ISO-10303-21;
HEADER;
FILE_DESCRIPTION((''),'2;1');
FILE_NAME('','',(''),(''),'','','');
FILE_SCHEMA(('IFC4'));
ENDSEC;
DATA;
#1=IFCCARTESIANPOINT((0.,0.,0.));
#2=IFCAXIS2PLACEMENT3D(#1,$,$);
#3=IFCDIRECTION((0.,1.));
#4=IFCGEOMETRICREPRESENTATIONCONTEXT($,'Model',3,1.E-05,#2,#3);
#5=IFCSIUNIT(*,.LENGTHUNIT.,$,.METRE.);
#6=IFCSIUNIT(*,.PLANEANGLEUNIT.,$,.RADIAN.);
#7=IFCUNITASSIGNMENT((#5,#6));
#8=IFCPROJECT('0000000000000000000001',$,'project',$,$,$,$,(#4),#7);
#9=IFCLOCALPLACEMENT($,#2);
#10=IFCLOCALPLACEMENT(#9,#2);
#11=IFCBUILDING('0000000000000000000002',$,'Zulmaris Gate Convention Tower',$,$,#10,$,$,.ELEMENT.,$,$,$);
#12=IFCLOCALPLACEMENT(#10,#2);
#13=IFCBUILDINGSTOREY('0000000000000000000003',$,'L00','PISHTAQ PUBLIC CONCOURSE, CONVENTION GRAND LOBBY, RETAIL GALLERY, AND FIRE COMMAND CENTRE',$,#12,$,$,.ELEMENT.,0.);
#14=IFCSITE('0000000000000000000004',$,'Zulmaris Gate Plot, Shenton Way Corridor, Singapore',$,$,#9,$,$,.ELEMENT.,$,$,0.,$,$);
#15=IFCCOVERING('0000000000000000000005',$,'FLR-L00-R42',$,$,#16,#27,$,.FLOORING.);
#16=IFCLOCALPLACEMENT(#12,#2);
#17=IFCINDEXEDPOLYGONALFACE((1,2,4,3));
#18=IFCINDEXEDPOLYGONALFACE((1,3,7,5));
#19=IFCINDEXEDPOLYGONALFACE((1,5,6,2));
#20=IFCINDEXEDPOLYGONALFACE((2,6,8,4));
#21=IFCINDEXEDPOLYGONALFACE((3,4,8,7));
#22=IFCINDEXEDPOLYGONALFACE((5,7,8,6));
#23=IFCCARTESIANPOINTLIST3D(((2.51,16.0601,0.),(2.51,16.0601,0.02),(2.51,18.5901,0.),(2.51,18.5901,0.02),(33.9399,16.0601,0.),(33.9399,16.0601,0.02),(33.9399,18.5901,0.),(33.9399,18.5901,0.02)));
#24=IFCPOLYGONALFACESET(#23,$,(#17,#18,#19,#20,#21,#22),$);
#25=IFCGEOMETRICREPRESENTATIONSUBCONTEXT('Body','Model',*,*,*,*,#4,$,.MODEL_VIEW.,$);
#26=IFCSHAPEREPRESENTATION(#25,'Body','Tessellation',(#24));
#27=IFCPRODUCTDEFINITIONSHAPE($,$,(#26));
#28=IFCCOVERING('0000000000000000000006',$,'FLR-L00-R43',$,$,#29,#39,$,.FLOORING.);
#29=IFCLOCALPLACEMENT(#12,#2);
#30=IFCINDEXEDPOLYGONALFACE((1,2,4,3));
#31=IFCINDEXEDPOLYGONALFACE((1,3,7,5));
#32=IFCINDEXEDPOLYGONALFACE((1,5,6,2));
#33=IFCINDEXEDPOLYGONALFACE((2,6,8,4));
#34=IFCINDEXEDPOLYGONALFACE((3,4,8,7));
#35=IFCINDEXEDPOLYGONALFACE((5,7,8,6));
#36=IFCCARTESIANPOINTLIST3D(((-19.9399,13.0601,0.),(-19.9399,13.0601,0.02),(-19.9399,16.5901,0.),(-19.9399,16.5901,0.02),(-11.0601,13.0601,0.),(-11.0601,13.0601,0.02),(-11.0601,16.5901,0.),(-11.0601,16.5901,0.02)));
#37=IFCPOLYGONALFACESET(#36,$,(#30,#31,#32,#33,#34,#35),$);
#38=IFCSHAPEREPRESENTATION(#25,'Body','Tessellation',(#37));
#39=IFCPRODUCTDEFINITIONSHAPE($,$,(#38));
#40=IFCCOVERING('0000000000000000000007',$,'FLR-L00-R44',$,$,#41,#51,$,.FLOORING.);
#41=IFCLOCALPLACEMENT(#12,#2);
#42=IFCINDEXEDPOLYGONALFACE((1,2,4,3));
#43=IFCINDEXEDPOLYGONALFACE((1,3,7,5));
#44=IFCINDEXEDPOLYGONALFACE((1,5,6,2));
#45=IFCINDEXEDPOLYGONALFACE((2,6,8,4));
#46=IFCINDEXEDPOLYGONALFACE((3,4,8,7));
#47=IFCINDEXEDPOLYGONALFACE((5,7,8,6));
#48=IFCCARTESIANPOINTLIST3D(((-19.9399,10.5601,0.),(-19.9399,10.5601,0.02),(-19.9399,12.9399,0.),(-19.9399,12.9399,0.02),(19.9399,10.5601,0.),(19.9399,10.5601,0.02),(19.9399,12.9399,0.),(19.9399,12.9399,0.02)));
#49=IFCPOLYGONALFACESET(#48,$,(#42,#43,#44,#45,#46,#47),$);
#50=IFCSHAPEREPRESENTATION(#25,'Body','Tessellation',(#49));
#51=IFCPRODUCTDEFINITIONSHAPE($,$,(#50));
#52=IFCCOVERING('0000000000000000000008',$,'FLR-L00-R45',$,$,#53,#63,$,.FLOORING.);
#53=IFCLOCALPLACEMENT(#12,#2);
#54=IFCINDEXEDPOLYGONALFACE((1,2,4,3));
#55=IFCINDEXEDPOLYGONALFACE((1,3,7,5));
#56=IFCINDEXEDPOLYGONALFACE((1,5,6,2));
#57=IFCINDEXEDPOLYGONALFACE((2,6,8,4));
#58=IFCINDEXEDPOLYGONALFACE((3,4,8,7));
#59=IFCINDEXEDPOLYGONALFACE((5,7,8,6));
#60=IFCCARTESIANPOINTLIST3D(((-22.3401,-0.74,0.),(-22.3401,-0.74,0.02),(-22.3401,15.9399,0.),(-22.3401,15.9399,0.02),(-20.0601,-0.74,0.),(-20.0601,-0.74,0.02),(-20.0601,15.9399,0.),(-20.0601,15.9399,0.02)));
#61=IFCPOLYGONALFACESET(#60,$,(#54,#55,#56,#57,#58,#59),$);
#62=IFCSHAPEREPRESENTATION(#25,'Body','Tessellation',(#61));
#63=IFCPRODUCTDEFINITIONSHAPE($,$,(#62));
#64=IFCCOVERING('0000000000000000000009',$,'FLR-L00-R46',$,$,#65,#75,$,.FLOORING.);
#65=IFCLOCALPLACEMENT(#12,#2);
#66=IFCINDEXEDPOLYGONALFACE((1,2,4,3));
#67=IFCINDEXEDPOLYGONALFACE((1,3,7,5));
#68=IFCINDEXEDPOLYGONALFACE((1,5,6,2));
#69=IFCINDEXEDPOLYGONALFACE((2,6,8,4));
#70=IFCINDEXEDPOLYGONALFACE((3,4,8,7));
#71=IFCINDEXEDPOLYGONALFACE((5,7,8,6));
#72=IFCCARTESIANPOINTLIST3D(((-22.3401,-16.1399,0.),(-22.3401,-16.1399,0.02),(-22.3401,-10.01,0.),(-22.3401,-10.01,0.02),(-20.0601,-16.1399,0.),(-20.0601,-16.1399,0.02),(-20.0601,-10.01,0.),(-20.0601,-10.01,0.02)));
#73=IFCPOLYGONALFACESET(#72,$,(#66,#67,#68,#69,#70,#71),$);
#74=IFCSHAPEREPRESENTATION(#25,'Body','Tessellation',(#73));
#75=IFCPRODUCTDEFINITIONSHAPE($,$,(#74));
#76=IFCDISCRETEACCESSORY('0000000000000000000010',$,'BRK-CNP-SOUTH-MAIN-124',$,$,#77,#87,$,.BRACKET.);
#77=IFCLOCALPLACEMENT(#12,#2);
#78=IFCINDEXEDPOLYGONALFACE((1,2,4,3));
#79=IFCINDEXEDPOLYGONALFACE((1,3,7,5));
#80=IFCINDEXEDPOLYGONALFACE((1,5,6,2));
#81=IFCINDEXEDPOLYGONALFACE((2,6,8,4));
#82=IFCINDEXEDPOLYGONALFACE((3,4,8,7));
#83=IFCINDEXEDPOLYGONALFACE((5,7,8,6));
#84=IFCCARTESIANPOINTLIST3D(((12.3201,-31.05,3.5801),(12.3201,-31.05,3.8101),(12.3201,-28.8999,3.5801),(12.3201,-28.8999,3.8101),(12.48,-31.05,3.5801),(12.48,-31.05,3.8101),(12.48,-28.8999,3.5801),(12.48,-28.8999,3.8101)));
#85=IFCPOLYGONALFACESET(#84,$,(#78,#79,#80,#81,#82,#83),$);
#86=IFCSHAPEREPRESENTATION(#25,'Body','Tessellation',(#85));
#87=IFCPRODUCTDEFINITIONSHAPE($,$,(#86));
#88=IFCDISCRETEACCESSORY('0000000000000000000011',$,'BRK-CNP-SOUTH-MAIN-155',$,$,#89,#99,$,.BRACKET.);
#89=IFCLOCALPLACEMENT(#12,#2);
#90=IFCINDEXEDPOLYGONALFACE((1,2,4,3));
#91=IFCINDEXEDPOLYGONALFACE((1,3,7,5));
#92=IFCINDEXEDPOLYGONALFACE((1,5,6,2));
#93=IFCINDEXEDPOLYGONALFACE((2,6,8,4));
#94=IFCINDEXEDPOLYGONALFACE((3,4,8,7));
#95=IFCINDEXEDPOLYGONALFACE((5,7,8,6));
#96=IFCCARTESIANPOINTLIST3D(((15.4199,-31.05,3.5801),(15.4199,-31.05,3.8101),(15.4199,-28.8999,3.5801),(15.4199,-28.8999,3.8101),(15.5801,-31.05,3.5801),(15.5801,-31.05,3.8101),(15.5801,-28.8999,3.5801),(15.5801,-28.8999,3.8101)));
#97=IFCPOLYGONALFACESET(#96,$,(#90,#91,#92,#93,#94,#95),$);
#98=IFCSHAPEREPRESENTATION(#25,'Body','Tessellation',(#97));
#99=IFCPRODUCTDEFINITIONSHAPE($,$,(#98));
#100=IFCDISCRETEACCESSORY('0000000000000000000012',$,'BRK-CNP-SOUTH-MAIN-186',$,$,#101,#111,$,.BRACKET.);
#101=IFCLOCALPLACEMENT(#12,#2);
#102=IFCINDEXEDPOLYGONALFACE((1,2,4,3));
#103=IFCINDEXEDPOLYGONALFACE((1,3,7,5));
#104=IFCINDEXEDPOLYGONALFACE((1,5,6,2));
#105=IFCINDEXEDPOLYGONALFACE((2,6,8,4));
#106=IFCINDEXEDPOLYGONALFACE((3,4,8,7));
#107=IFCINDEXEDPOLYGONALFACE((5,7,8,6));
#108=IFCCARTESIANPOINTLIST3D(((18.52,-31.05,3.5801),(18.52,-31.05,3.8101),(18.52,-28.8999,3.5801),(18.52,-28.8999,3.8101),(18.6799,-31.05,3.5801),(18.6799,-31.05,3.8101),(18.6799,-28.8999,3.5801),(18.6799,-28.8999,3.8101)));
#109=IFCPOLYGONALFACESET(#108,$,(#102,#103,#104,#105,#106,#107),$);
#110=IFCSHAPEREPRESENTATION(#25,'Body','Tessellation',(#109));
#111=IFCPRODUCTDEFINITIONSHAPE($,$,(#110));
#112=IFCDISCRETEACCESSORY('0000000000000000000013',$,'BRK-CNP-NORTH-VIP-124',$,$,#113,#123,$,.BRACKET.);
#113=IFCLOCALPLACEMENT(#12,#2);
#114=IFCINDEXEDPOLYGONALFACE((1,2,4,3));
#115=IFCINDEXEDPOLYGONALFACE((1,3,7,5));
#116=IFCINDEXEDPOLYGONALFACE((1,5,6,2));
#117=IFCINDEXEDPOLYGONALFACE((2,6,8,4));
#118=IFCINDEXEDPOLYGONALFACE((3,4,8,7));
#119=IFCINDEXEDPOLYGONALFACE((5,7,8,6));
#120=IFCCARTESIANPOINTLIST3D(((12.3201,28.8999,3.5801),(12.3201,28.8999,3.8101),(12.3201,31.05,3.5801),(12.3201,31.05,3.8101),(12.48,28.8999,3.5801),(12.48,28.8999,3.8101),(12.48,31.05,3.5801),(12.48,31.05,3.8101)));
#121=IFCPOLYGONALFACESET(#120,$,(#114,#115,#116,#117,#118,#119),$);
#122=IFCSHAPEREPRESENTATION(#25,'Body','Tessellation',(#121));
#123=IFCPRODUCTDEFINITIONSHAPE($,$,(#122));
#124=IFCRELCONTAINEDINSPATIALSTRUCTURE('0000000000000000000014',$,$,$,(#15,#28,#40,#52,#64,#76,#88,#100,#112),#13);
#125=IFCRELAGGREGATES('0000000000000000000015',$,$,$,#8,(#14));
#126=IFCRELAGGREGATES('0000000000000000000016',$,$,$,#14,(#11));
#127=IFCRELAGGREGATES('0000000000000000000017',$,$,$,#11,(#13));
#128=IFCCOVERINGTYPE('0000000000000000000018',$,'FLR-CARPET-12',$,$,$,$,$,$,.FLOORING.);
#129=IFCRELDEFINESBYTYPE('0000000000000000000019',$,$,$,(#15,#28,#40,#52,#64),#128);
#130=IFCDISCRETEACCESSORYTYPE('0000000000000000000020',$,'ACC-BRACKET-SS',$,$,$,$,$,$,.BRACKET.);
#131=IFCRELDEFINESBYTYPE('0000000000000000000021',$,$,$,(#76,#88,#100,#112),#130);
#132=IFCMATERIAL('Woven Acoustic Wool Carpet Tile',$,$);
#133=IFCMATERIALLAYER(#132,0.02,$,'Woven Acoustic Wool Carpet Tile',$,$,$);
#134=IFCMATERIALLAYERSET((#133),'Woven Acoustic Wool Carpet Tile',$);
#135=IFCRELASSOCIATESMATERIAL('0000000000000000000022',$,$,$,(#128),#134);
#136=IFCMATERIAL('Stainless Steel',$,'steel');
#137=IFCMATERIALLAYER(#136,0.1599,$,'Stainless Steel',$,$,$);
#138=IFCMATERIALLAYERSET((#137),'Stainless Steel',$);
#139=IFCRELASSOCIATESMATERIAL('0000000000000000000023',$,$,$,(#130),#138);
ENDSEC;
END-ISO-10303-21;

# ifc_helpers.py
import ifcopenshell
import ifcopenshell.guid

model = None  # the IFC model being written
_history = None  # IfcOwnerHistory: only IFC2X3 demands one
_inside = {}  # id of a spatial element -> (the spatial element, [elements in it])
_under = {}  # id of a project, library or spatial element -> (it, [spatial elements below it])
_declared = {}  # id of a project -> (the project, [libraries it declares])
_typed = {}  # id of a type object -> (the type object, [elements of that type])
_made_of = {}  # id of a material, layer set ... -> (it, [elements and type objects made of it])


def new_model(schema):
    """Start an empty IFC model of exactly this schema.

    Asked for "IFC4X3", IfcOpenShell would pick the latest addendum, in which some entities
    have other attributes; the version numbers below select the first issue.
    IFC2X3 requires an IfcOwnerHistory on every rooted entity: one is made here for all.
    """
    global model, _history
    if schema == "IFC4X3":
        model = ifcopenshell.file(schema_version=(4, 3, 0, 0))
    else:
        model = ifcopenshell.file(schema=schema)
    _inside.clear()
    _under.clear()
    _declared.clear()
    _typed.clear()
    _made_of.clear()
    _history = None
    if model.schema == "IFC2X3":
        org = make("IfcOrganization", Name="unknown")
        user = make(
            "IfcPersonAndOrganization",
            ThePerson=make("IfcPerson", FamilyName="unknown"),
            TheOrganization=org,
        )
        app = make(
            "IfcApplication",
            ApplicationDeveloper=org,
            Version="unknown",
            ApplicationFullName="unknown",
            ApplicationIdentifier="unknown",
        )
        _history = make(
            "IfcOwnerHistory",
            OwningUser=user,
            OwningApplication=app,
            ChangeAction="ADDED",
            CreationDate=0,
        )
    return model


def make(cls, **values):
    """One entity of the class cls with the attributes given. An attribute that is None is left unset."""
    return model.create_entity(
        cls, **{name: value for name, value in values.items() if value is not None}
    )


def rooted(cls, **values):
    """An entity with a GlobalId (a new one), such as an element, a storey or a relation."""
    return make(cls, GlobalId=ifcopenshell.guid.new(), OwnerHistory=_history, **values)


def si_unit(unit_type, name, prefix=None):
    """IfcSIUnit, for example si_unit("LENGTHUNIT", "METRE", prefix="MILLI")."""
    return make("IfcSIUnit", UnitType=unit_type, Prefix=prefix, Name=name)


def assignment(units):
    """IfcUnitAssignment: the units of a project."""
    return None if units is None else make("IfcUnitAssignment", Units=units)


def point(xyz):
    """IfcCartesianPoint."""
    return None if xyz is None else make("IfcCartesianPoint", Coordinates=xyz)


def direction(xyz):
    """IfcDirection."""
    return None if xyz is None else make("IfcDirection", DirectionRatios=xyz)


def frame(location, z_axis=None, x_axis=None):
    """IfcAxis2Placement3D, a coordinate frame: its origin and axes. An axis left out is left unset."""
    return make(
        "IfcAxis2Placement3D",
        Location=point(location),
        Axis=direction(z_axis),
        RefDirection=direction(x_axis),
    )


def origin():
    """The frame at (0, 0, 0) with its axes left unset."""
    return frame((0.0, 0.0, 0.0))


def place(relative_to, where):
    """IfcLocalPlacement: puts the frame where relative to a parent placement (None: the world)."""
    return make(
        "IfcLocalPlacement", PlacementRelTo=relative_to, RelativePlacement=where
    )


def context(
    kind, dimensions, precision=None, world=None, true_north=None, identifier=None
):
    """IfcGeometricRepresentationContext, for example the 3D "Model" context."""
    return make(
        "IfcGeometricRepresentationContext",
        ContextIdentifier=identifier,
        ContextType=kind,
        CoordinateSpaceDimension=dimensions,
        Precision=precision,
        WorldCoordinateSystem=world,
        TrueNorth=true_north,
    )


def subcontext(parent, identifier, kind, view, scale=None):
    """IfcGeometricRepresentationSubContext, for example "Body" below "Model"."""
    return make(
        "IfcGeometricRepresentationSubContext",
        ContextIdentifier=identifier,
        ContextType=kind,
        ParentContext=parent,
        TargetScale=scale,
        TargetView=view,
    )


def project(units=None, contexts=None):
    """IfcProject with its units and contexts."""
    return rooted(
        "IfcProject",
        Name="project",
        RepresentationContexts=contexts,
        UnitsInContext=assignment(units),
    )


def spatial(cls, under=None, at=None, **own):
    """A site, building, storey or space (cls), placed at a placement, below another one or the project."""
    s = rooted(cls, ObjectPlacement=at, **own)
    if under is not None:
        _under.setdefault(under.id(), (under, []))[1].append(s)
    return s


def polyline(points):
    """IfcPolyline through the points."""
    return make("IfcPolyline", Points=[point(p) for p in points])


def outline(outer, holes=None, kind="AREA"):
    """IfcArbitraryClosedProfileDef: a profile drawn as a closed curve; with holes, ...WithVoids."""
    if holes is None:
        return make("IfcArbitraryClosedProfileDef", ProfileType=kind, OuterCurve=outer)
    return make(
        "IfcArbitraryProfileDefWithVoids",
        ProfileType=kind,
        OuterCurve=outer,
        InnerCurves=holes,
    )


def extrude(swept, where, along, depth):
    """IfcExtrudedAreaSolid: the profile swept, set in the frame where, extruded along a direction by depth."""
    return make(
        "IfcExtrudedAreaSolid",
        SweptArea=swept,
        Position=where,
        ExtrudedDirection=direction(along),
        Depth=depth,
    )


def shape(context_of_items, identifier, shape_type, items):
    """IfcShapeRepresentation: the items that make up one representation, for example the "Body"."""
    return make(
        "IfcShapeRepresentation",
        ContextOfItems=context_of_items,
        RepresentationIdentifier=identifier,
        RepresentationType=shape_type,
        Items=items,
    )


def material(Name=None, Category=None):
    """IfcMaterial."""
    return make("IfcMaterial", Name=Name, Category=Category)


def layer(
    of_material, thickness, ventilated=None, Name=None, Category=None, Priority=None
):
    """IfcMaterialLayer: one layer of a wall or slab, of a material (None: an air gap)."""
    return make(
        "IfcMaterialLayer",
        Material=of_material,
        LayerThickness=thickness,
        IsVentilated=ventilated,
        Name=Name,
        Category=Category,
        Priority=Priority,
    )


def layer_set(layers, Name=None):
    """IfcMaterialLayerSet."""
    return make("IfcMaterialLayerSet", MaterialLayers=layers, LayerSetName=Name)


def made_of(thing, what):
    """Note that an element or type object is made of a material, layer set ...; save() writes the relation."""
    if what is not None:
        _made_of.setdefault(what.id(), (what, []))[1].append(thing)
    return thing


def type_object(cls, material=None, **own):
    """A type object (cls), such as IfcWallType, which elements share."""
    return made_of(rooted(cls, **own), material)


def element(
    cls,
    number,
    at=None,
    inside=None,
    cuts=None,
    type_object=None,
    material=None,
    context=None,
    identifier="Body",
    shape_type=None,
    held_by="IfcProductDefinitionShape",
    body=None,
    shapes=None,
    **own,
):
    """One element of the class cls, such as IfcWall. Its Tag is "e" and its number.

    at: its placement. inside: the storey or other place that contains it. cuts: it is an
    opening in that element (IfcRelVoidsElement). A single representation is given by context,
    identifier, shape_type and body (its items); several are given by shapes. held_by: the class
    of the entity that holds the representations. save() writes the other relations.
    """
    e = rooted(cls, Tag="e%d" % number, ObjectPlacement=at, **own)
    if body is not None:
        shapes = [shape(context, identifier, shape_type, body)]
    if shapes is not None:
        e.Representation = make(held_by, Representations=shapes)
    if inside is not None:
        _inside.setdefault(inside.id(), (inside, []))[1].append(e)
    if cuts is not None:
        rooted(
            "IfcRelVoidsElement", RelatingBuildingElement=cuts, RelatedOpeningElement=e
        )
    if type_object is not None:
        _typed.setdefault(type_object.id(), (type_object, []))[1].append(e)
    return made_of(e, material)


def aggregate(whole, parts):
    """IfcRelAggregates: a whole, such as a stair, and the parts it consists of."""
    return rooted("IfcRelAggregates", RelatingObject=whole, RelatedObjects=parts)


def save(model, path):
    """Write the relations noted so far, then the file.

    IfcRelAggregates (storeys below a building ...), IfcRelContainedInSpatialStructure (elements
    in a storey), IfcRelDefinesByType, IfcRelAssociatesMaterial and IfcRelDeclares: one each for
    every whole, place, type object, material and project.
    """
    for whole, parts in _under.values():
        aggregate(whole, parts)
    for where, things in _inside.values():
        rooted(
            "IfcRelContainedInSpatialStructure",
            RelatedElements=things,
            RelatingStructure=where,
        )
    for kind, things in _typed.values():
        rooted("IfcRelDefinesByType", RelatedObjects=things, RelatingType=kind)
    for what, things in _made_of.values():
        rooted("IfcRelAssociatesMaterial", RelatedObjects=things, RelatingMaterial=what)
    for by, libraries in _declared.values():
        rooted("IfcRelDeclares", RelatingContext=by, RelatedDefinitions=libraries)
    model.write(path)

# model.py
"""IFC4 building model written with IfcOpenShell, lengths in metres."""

from ifc_helpers import new_model, si_unit, direction, frame, origin, place, context, subcontext, project, spatial, polyline, outline, extrude, material, layer, layer_set, type_object, element, save


model = new_model("IFC4")

# Units and contexts
model_context = context("Model", 3, precision=1e-05, world=origin(), true_north=direction((0.0, 1.0)))
body_context = subcontext(model_context, "Body", "Model", "MODEL_VIEW")
ifc_project = project(units=[si_unit("LENGTHUNIT", "METRE"), si_unit("PLANEANGLEUNIT", "RADIAN")], contexts=[model_context])

# Site, building, storey
site_placement = place(None, origin())
site = spatial("IfcSite", under=ifc_project, at=site_placement, Name="Zulmaris Gate Plot, Shenton Way Corridor, Singapore", CompositionType="ELEMENT", RefElevation=0.0)
building_placement = place(site_placement, origin())
building = spatial("IfcBuilding", under=site, at=building_placement, Name="Zulmaris Gate Convention Tower", CompositionType="ELEMENT")
storey_placement = place(building_placement, origin())
storey = spatial("IfcBuildingStorey", under=building, at=storey_placement, Name="L00", Description="PISHTAQ PUBLIC CONCOURSE, CONVENTION GRAND LOBBY, RETAIL GALLERY, AND FIRE COMMAND CENTRE", CompositionType="ELEMENT", Elevation=0.0)

# Coverings
ifc_material_1 = material(Name="Woven Acoustic Wool Carpet Tile")
ifc_layer_1 = layer(ifc_material_1, 0.02, Name="Woven Acoustic Wool Carpet Tile")
ifc_layer_set_1 = layer_set([ifc_layer_1], Name="Woven Acoustic Wool Carpet Tile")
covering_type = type_object("IfcCoveringType", Name="FLR-CARPET-12", PredefinedType="FLOORING", material=ifc_layer_set_1)
covering_1_placement = place(storey_placement, origin())
element("IfcCovering", 1, at=covering_1_placement, inside=storey, type_object=covering_type, Name="FLR-L00-R42", PredefinedType="FLOORING", context=body_context, shape_type="SweptSolid", body=[
    extrude(outline(polyline([(2.51, 16.0601), (33.9399, 16.0601), (33.9399, 18.5901), (2.51, 18.5901), (2.51, 16.0601)])), origin(), (0.0, 0.0, 1.0), 0.02),
])
covering_2_placement = place(storey_placement, origin())
element("IfcCovering", 2, at=covering_2_placement, inside=storey, type_object=covering_type, Name="FLR-L00-R43", PredefinedType="FLOORING", context=body_context, shape_type="SweptSolid", body=[
    extrude(outline(polyline([(-19.9399, 13.0601), (-11.0601, 13.0601), (-11.0601, 16.5901), (-19.9399, 16.5901), (-19.9399, 13.0601)])), origin(), (0.0, 0.0, 1.0), 0.02),
])
covering_3_placement = place(storey_placement, origin())
element("IfcCovering", 3, at=covering_3_placement, inside=storey, type_object=covering_type, Name="FLR-L00-R44", PredefinedType="FLOORING", context=body_context, shape_type="SweptSolid", body=[
    extrude(outline(polyline([(-19.9399, 10.5601), (19.9399, 10.5601), (19.9399, 12.9399), (-19.9399, 12.9399), (-19.9399, 10.5601)])), origin(), (0.0, 0.0, 1.0), 0.02),
])
covering_4_placement = place(storey_placement, origin())
element("IfcCovering", 4, at=covering_4_placement, inside=storey, type_object=covering_type, Name="FLR-L00-R45", PredefinedType="FLOORING", context=body_context, shape_type="SweptSolid", body=[
    extrude(outline(polyline([(-22.3401, -0.74), (-20.0601, -0.74), (-20.0601, 15.9399), (-22.3401, 15.9399), (-22.3401, -0.74)])), origin(), (0.0, 0.0, 1.0), 0.02),
])
covering_5_placement = place(storey_placement, origin())
element("IfcCovering", 5, at=covering_5_placement, inside=storey, type_object=covering_type, Name="FLR-L00-R46", PredefinedType="FLOORING", context=body_context, shape_type="SweptSolid", body=[
    extrude(outline(polyline([(-22.3401, -16.1399), (-20.0601, -16.1399), (-20.0601, -10.01), (-22.3401, -10.01), (-22.3401, -16.1399)])), origin(), (0.0, 0.0, 1.0), 0.02),
])

# Discrete accessories
ifc_material_2 = material(Name="Stainless Steel", Category="steel")
ifc_layer_2 = layer(ifc_material_2, 0.1599, Name="Stainless Steel")
ifc_layer_set_2 = layer_set([ifc_layer_2], Name="Stainless Steel")
discrete_accessory_type = type_object("IfcDiscreteAccessoryType", Name="ACC-BRACKET-SS", PredefinedType="BRACKET", material=ifc_layer_set_2)
discrete_accessory_1_placement = place(storey_placement, frame((0.0, 0.0, 3.5801)))
element("IfcDiscreteAccessory", 6, at=discrete_accessory_1_placement, inside=storey, type_object=discrete_accessory_type, Name="BRK-CNP-SOUTH-MAIN-124", PredefinedType="BRACKET", context=body_context, shape_type="SweptSolid", body=[
    extrude(outline(polyline([(12.3201, -31.05), (12.48, -31.05), (12.48, -28.8999), (12.3201, -28.8999), (12.3201, -31.05)])), origin(), (0.0, 0.0, 1.0), 0.23),
])
discrete_accessory_2_placement = place(storey_placement, frame((0.0, 0.0, 3.5801)))
element("IfcDiscreteAccessory", 7, at=discrete_accessory_2_placement, inside=storey, type_object=discrete_accessory_type, Name="BRK-CNP-SOUTH-MAIN-155", PredefinedType="BRACKET", context=body_context, shape_type="SweptSolid", body=[
    extrude(outline(polyline([(15.4199, -31.05), (15.5801, -31.05), (15.5801, -28.8999), (15.4199, -28.8999), (15.4199, -31.05)])), origin(), (0.0, 0.0, 1.0), 0.23),
])
discrete_accessory_3_placement = place(storey_placement, frame((0.0, 0.0, 3.5801)))
element("IfcDiscreteAccessory", 8, at=discrete_accessory_3_placement, inside=storey, type_object=discrete_accessory_type, Name="BRK-CNP-SOUTH-MAIN-186", PredefinedType="BRACKET", context=body_context, shape_type="SweptSolid", body=[
    extrude(outline(polyline([(18.52, -31.05), (18.6799, -31.05), (18.6799, -28.8999), (18.52, -28.8999), (18.52, -31.05)])), origin(), (0.0, 0.0, 1.0), 0.23),
])
discrete_accessory_4_placement = place(storey_placement, frame((0.0, 0.0, 3.5801)))
element("IfcDiscreteAccessory", 9, at=discrete_accessory_4_placement, inside=storey, type_object=discrete_accessory_type, Name="BRK-CNP-NORTH-VIP-124", PredefinedType="BRACKET", context=body_context, shape_type="SweptSolid", body=[
    extrude(outline(polyline([(12.3201, 28.8999), (12.48, 28.8999), (12.48, 31.05), (12.3201, 31.05), (12.3201, 28.8999)])), origin(), (0.0, 0.0, 1.0), 0.23),
])

save(model, "model.ifc")
